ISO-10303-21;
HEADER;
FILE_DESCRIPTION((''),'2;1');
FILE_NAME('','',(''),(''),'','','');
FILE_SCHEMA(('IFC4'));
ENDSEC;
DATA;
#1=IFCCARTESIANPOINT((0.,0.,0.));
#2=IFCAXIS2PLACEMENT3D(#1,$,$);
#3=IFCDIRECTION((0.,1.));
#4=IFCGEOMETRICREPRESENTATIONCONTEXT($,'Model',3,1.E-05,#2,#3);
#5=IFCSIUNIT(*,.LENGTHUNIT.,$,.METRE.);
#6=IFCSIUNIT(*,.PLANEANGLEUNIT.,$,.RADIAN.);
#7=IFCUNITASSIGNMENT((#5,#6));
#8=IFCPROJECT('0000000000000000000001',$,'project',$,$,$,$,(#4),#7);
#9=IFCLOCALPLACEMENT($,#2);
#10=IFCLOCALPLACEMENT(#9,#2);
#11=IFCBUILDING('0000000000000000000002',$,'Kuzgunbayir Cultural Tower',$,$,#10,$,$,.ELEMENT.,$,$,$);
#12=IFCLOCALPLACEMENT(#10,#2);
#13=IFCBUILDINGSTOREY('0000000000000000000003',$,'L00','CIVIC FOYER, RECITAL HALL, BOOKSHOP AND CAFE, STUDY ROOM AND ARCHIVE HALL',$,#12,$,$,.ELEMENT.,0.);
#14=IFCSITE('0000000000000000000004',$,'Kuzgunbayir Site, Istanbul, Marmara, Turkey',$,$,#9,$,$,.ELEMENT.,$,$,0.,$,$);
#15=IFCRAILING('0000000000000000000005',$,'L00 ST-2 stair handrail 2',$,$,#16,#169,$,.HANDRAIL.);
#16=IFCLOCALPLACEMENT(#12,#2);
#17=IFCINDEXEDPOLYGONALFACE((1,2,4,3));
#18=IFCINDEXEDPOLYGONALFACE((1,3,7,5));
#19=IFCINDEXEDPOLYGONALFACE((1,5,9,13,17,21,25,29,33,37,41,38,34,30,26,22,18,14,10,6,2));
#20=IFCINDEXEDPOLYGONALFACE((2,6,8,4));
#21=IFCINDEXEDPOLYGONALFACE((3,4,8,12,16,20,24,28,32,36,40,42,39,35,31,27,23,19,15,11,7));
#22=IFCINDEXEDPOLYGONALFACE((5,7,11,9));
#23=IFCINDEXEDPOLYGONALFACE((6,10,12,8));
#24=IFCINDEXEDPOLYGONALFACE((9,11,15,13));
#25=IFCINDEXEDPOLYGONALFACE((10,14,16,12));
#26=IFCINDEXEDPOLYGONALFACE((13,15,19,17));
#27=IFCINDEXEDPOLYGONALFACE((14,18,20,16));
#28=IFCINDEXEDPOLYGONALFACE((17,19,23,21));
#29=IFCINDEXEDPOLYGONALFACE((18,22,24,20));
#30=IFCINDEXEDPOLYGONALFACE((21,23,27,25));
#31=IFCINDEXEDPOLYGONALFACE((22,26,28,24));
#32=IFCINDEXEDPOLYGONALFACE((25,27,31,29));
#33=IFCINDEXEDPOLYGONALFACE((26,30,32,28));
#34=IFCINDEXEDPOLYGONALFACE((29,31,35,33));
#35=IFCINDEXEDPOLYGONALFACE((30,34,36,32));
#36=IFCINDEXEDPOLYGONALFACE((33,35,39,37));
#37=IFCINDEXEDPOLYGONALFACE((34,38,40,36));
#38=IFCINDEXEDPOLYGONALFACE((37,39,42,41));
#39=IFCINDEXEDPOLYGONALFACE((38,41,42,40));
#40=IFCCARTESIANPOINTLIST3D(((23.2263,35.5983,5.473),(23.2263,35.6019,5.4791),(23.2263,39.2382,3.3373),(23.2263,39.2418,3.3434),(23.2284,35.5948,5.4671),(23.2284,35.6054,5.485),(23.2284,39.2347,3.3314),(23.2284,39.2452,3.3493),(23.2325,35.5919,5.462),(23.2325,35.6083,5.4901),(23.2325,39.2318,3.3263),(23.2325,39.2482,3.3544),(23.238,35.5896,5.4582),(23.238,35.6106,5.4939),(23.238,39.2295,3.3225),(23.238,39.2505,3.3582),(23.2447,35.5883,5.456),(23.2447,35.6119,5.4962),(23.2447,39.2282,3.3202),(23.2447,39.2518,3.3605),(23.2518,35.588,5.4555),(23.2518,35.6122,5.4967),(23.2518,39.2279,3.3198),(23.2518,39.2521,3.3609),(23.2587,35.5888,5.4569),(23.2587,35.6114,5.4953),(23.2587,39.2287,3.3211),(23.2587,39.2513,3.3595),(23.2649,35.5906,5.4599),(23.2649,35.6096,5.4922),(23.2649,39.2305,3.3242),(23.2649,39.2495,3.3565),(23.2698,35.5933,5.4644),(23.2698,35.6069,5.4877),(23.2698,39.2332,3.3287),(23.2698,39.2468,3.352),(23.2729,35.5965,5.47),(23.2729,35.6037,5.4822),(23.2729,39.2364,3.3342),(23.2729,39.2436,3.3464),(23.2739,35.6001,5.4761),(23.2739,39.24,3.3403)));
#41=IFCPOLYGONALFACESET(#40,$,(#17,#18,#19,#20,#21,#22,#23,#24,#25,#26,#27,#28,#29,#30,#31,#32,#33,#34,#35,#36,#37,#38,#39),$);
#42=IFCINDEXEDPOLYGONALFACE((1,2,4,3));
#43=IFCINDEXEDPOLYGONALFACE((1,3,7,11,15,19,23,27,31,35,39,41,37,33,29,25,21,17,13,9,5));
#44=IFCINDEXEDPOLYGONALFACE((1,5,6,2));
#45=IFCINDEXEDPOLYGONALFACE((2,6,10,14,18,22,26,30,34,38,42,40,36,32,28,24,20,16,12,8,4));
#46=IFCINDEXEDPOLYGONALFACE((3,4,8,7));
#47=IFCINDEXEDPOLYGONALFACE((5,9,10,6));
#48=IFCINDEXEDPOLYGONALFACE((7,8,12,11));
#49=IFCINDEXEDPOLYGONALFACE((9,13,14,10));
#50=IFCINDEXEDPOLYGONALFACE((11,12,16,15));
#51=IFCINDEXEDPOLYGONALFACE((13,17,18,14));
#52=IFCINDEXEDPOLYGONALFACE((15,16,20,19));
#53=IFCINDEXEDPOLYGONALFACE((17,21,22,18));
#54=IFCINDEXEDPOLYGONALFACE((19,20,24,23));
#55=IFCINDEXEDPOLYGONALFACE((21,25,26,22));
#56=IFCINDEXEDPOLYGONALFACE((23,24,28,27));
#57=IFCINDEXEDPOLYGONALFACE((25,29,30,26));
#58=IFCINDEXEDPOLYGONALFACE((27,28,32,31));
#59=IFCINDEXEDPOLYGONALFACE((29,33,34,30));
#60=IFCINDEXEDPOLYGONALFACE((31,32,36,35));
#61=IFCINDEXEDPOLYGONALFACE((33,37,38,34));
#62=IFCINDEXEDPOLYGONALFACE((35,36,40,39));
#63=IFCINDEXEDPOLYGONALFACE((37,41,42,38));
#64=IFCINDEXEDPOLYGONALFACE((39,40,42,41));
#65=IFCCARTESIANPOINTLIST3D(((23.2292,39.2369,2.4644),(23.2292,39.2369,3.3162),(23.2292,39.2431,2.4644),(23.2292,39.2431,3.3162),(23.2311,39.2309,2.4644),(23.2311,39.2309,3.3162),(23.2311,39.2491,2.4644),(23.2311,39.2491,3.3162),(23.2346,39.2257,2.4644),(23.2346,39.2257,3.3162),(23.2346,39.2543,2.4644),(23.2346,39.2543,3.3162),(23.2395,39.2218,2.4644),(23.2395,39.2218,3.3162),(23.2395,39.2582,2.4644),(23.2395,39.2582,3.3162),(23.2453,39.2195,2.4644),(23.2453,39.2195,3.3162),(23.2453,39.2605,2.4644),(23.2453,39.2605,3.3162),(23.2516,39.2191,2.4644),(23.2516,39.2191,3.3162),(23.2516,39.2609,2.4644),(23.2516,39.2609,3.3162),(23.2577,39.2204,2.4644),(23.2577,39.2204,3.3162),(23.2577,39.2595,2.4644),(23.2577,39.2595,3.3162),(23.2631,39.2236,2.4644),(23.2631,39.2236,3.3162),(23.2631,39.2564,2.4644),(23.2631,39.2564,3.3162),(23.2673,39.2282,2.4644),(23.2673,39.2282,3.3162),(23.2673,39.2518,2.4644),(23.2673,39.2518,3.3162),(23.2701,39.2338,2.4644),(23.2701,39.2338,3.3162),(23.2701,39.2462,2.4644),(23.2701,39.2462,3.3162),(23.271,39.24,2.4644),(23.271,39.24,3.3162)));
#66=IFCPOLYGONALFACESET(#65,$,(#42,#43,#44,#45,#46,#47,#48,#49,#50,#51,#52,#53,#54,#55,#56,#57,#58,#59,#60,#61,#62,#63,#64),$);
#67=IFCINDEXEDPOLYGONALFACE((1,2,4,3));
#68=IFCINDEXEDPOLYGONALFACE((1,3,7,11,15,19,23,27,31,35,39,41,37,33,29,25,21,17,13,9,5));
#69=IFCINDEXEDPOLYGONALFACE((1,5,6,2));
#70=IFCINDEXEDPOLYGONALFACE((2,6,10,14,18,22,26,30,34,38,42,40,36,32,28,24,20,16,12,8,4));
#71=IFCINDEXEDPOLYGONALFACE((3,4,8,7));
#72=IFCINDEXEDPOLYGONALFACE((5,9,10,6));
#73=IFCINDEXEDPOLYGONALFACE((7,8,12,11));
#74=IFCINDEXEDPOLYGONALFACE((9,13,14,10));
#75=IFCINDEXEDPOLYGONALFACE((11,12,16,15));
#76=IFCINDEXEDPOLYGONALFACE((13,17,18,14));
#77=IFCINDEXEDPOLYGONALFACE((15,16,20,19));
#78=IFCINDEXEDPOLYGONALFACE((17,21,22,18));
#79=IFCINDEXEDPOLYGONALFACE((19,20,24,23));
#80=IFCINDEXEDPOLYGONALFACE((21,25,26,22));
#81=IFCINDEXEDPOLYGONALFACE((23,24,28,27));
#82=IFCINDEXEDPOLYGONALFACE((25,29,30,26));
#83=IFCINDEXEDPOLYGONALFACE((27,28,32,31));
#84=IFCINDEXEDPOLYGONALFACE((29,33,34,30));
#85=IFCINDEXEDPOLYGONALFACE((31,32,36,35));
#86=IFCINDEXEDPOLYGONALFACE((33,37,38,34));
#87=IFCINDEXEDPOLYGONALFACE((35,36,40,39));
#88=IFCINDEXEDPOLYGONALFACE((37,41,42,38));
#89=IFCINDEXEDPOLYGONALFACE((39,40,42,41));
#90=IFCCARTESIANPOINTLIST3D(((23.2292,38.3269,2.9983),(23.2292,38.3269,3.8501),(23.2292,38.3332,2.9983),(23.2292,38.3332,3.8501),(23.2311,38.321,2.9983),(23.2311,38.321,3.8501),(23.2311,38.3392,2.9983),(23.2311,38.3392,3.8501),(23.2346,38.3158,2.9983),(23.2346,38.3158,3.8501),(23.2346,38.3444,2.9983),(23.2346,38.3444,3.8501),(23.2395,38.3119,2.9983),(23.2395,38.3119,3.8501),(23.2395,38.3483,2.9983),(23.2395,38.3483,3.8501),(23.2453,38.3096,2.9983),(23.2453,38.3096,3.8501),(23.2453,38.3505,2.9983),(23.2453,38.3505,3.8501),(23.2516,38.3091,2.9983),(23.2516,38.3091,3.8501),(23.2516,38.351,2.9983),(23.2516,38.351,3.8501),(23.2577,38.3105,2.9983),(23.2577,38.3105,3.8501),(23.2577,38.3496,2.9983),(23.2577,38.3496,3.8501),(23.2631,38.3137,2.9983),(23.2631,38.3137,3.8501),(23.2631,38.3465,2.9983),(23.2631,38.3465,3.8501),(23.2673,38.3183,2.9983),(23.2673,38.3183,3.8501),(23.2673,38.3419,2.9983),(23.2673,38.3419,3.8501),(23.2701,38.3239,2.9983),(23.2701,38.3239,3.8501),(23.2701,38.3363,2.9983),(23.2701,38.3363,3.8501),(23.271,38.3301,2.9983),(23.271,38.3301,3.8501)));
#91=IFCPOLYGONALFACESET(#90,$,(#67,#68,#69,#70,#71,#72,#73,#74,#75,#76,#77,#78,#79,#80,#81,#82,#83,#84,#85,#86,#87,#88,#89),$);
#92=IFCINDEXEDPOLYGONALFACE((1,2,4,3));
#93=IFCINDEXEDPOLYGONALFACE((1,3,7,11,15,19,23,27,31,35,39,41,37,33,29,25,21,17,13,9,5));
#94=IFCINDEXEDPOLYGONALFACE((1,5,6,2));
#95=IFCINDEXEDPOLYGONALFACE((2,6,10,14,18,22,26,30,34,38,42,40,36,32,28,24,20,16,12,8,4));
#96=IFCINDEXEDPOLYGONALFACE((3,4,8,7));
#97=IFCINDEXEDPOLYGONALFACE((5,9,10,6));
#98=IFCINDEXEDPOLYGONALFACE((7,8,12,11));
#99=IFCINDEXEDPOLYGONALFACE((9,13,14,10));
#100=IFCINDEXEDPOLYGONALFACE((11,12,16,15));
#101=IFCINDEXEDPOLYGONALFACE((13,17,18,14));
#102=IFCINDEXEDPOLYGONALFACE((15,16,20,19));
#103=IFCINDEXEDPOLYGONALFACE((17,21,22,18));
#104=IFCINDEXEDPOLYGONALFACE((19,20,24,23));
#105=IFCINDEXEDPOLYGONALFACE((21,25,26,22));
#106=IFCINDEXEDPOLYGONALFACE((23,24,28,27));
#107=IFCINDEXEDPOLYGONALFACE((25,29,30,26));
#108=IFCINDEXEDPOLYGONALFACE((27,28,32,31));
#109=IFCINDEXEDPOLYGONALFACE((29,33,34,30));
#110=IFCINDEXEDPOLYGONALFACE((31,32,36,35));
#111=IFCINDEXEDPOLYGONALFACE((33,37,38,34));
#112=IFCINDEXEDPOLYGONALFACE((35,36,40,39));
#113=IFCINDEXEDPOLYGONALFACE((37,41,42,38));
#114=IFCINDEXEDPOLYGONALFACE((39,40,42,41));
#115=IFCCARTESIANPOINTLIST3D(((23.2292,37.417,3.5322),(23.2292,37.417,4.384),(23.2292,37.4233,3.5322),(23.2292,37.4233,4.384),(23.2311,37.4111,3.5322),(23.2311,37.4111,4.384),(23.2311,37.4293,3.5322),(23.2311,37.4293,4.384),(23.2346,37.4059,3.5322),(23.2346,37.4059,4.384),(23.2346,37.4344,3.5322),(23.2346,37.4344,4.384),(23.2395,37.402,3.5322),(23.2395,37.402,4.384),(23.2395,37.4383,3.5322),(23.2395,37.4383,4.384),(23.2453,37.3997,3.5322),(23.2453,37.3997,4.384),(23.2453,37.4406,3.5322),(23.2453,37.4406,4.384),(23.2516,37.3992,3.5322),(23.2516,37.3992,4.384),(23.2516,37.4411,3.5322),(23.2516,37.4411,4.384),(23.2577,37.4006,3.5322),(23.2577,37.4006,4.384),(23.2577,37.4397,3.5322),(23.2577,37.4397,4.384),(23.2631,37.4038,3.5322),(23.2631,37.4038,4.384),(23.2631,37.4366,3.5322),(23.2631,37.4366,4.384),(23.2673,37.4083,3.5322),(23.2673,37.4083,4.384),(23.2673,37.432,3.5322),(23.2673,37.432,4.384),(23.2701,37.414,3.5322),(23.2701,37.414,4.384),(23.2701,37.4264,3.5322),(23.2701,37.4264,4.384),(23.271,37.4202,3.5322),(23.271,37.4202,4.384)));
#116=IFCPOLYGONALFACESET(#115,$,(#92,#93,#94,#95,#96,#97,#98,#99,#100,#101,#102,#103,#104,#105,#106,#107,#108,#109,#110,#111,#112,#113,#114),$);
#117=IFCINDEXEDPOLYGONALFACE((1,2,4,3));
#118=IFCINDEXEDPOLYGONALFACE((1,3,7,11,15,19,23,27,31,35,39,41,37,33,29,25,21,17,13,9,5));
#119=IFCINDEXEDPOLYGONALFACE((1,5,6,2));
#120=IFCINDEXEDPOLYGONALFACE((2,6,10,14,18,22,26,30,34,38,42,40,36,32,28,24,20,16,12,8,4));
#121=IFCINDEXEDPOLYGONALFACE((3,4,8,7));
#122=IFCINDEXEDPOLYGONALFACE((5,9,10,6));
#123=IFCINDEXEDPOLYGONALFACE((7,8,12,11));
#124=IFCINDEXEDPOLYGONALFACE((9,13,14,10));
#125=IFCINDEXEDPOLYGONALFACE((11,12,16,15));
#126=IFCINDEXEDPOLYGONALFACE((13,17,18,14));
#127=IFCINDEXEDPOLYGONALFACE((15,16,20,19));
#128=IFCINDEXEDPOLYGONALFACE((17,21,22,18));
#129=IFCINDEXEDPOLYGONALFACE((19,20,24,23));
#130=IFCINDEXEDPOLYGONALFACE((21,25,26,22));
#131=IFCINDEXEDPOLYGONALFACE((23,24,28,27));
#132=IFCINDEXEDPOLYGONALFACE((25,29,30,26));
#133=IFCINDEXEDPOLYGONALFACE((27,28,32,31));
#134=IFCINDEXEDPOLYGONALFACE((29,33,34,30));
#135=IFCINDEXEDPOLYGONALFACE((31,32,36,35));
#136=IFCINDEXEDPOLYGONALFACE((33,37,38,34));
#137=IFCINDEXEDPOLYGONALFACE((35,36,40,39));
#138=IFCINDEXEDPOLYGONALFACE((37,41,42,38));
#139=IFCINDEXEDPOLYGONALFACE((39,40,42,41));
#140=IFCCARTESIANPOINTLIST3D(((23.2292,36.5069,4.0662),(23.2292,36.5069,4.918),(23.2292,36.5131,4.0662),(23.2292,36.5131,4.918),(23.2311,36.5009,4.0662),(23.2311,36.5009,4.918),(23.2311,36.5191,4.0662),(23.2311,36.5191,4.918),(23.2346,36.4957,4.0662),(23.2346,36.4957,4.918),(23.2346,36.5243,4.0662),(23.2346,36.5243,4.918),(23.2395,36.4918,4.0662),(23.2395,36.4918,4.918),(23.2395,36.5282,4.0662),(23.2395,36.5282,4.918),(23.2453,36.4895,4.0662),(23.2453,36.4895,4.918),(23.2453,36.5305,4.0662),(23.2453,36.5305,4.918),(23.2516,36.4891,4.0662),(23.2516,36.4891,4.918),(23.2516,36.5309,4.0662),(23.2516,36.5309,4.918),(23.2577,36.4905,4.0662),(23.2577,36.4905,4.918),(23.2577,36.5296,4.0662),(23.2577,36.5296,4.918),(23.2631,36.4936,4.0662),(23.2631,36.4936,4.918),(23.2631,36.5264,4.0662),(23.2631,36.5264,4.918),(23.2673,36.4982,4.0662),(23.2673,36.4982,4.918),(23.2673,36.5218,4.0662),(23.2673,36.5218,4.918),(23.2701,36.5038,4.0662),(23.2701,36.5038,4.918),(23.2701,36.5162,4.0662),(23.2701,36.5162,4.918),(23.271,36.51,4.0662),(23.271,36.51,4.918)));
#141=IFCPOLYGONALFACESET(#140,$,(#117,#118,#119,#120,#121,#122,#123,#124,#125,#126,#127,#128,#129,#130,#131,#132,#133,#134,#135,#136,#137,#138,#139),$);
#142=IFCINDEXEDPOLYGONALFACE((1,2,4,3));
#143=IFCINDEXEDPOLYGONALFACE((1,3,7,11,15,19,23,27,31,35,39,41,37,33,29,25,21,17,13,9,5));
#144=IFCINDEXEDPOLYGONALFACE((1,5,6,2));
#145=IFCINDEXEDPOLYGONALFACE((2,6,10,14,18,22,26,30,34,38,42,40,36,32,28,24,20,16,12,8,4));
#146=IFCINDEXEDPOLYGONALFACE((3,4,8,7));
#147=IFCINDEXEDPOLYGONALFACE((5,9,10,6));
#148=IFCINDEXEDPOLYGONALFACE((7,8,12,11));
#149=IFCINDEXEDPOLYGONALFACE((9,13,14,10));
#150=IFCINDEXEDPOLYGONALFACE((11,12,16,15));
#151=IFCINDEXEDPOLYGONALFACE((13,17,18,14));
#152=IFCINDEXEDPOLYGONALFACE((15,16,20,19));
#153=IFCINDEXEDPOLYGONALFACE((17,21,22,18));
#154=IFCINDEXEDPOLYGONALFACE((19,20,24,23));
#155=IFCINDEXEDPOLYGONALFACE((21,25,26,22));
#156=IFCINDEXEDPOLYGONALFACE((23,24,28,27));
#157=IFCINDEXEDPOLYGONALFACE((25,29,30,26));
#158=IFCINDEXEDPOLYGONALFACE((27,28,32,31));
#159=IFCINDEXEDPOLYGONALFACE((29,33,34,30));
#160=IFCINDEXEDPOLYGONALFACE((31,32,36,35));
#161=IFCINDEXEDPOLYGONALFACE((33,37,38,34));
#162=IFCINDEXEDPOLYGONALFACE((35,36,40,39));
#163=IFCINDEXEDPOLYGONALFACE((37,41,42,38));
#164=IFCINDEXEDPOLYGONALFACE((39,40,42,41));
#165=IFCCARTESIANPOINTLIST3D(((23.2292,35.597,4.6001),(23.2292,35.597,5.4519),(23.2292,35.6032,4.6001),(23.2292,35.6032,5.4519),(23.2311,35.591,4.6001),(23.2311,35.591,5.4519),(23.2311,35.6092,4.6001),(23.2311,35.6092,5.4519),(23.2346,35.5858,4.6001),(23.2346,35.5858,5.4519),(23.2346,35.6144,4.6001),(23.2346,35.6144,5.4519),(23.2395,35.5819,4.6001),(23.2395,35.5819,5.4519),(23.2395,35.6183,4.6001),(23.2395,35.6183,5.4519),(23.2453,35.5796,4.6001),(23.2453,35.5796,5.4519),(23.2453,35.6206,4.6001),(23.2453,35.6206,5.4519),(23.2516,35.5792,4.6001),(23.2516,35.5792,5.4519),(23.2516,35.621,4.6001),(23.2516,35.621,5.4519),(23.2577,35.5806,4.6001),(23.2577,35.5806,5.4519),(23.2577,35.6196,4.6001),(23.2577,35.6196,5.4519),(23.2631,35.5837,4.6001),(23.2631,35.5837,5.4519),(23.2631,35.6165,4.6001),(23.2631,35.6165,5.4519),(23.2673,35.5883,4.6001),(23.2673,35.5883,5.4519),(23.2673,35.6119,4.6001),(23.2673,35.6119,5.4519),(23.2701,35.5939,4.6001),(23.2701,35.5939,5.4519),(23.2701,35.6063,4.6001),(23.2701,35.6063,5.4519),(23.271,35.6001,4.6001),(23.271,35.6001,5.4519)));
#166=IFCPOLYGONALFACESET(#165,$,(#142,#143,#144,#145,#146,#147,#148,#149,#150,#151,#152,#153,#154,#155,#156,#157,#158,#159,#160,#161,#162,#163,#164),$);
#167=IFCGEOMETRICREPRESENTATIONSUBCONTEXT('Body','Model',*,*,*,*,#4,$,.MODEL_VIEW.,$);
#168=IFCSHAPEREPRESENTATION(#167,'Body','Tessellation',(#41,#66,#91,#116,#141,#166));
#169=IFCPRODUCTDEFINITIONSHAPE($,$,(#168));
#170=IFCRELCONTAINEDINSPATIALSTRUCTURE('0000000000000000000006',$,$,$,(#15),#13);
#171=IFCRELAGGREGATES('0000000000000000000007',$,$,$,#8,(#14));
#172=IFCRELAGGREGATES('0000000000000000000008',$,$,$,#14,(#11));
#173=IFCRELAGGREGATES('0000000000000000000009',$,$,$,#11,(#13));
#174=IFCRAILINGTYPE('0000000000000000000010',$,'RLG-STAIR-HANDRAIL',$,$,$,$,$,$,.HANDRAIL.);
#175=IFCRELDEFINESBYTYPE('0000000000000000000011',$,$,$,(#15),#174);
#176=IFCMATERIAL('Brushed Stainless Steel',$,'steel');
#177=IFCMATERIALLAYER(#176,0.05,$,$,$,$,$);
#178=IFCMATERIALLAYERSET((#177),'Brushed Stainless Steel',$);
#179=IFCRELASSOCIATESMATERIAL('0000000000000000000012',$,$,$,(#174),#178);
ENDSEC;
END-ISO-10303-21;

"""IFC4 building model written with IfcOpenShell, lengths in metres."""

from ifc_helpers import new_model, si_unit, direction, frame, origin, origin_2d, place, context, subcontext, project, spatial, circle, extrude, material, layer, layer_set, type_object, element, save


model = new_model("IFC4")

# Units and contexts
model_context = context("Model", 3, precision=1e-05, world=origin(), true_north=direction((0.0, 1.0)))
body_context = subcontext(model_context, "Body", "Model", "MODEL_VIEW")
ifc_project = project(units=[si_unit("LENGTHUNIT", "METRE"), si_unit("PLANEANGLEUNIT", "RADIAN")], contexts=[model_context])

# Site, building, storey
site_placement = place(None, origin())
site = spatial("IfcSite", under=ifc_project, at=site_placement, Name="Kuzgunbayir Site, Istanbul, Marmara, Turkey", CompositionType="ELEMENT", RefElevation=0.0)
building_placement = place(site_placement, origin())
building = spatial("IfcBuilding", under=site, at=building_placement, Name="Kuzgunbayir Cultural Tower", CompositionType="ELEMENT")
storey_placement = place(building_placement, origin())
storey = spatial("IfcBuildingStorey", under=building, at=storey_placement, Name="L00", Description="CIVIC FOYER, RECITAL HALL, BOOKSHOP AND CAFE, STUDY ROOM AND ARCHIVE HALL", CompositionType="ELEMENT", Elevation=0.0)

# Railing
ifc_material_1 = material(Name="Brushed Stainless Steel", Category="steel")
ifc_layer_1 = layer(ifc_material_1, 0.05)
ifc_layer_set_1 = layer_set([ifc_layer_1], Name="Brushed Stainless Steel")
railing_type_1 = type_object("IfcRailingType", Name="RLG-STAIR-HANDRAIL", PredefinedType="HANDRAIL", material=ifc_layer_set_1)
railing_1_placement = place(storey_placement, frame((23.25, 39.24, 2.4644)))
element("IfcRailing", 1, at=railing_1_placement, inside=storey, type_object=railing_type_1, Name="L00 ST-2 stair handrail 2", PredefinedType="HANDRAIL", context=body_context, shape_type="SweptSolid", body=[
    extrude(circle(Radius=0.0239, at=origin_2d()), frame((0.0, 0.0, 0.876), z_axis=(0.0, -0.86249, 0.506074), x_axis=(1.0, 0.0, 0.0)), (0.0, 0.0, 1.0), 4.2202),
    extrude(circle(Radius=0.021, at=origin_2d()), origin(), (0.0, 0.0, 1.0), 0.8518),
    extrude(circle(Radius=0.021, at=origin_2d()), frame((0.0, -0.9099, 0.5339)), (0.0, 0.0, 1.0), 0.8518),
    extrude(circle(Radius=0.021, at=origin_2d()), frame((0.0, -1.8198, 1.0679)), (0.0, 0.0, 1.0), 0.8518),
    extrude(circle(Radius=0.021, at=origin_2d()), frame((0.0, -2.73, 1.6018)), (0.0, 0.0, 1.0), 0.8518),
    extrude(circle(Radius=0.021, at=origin_2d()), frame((0.0, -3.6399, 2.1357)), (0.0, 0.0, 1.0), 0.8518),
])

save(model, "model.ifc")
